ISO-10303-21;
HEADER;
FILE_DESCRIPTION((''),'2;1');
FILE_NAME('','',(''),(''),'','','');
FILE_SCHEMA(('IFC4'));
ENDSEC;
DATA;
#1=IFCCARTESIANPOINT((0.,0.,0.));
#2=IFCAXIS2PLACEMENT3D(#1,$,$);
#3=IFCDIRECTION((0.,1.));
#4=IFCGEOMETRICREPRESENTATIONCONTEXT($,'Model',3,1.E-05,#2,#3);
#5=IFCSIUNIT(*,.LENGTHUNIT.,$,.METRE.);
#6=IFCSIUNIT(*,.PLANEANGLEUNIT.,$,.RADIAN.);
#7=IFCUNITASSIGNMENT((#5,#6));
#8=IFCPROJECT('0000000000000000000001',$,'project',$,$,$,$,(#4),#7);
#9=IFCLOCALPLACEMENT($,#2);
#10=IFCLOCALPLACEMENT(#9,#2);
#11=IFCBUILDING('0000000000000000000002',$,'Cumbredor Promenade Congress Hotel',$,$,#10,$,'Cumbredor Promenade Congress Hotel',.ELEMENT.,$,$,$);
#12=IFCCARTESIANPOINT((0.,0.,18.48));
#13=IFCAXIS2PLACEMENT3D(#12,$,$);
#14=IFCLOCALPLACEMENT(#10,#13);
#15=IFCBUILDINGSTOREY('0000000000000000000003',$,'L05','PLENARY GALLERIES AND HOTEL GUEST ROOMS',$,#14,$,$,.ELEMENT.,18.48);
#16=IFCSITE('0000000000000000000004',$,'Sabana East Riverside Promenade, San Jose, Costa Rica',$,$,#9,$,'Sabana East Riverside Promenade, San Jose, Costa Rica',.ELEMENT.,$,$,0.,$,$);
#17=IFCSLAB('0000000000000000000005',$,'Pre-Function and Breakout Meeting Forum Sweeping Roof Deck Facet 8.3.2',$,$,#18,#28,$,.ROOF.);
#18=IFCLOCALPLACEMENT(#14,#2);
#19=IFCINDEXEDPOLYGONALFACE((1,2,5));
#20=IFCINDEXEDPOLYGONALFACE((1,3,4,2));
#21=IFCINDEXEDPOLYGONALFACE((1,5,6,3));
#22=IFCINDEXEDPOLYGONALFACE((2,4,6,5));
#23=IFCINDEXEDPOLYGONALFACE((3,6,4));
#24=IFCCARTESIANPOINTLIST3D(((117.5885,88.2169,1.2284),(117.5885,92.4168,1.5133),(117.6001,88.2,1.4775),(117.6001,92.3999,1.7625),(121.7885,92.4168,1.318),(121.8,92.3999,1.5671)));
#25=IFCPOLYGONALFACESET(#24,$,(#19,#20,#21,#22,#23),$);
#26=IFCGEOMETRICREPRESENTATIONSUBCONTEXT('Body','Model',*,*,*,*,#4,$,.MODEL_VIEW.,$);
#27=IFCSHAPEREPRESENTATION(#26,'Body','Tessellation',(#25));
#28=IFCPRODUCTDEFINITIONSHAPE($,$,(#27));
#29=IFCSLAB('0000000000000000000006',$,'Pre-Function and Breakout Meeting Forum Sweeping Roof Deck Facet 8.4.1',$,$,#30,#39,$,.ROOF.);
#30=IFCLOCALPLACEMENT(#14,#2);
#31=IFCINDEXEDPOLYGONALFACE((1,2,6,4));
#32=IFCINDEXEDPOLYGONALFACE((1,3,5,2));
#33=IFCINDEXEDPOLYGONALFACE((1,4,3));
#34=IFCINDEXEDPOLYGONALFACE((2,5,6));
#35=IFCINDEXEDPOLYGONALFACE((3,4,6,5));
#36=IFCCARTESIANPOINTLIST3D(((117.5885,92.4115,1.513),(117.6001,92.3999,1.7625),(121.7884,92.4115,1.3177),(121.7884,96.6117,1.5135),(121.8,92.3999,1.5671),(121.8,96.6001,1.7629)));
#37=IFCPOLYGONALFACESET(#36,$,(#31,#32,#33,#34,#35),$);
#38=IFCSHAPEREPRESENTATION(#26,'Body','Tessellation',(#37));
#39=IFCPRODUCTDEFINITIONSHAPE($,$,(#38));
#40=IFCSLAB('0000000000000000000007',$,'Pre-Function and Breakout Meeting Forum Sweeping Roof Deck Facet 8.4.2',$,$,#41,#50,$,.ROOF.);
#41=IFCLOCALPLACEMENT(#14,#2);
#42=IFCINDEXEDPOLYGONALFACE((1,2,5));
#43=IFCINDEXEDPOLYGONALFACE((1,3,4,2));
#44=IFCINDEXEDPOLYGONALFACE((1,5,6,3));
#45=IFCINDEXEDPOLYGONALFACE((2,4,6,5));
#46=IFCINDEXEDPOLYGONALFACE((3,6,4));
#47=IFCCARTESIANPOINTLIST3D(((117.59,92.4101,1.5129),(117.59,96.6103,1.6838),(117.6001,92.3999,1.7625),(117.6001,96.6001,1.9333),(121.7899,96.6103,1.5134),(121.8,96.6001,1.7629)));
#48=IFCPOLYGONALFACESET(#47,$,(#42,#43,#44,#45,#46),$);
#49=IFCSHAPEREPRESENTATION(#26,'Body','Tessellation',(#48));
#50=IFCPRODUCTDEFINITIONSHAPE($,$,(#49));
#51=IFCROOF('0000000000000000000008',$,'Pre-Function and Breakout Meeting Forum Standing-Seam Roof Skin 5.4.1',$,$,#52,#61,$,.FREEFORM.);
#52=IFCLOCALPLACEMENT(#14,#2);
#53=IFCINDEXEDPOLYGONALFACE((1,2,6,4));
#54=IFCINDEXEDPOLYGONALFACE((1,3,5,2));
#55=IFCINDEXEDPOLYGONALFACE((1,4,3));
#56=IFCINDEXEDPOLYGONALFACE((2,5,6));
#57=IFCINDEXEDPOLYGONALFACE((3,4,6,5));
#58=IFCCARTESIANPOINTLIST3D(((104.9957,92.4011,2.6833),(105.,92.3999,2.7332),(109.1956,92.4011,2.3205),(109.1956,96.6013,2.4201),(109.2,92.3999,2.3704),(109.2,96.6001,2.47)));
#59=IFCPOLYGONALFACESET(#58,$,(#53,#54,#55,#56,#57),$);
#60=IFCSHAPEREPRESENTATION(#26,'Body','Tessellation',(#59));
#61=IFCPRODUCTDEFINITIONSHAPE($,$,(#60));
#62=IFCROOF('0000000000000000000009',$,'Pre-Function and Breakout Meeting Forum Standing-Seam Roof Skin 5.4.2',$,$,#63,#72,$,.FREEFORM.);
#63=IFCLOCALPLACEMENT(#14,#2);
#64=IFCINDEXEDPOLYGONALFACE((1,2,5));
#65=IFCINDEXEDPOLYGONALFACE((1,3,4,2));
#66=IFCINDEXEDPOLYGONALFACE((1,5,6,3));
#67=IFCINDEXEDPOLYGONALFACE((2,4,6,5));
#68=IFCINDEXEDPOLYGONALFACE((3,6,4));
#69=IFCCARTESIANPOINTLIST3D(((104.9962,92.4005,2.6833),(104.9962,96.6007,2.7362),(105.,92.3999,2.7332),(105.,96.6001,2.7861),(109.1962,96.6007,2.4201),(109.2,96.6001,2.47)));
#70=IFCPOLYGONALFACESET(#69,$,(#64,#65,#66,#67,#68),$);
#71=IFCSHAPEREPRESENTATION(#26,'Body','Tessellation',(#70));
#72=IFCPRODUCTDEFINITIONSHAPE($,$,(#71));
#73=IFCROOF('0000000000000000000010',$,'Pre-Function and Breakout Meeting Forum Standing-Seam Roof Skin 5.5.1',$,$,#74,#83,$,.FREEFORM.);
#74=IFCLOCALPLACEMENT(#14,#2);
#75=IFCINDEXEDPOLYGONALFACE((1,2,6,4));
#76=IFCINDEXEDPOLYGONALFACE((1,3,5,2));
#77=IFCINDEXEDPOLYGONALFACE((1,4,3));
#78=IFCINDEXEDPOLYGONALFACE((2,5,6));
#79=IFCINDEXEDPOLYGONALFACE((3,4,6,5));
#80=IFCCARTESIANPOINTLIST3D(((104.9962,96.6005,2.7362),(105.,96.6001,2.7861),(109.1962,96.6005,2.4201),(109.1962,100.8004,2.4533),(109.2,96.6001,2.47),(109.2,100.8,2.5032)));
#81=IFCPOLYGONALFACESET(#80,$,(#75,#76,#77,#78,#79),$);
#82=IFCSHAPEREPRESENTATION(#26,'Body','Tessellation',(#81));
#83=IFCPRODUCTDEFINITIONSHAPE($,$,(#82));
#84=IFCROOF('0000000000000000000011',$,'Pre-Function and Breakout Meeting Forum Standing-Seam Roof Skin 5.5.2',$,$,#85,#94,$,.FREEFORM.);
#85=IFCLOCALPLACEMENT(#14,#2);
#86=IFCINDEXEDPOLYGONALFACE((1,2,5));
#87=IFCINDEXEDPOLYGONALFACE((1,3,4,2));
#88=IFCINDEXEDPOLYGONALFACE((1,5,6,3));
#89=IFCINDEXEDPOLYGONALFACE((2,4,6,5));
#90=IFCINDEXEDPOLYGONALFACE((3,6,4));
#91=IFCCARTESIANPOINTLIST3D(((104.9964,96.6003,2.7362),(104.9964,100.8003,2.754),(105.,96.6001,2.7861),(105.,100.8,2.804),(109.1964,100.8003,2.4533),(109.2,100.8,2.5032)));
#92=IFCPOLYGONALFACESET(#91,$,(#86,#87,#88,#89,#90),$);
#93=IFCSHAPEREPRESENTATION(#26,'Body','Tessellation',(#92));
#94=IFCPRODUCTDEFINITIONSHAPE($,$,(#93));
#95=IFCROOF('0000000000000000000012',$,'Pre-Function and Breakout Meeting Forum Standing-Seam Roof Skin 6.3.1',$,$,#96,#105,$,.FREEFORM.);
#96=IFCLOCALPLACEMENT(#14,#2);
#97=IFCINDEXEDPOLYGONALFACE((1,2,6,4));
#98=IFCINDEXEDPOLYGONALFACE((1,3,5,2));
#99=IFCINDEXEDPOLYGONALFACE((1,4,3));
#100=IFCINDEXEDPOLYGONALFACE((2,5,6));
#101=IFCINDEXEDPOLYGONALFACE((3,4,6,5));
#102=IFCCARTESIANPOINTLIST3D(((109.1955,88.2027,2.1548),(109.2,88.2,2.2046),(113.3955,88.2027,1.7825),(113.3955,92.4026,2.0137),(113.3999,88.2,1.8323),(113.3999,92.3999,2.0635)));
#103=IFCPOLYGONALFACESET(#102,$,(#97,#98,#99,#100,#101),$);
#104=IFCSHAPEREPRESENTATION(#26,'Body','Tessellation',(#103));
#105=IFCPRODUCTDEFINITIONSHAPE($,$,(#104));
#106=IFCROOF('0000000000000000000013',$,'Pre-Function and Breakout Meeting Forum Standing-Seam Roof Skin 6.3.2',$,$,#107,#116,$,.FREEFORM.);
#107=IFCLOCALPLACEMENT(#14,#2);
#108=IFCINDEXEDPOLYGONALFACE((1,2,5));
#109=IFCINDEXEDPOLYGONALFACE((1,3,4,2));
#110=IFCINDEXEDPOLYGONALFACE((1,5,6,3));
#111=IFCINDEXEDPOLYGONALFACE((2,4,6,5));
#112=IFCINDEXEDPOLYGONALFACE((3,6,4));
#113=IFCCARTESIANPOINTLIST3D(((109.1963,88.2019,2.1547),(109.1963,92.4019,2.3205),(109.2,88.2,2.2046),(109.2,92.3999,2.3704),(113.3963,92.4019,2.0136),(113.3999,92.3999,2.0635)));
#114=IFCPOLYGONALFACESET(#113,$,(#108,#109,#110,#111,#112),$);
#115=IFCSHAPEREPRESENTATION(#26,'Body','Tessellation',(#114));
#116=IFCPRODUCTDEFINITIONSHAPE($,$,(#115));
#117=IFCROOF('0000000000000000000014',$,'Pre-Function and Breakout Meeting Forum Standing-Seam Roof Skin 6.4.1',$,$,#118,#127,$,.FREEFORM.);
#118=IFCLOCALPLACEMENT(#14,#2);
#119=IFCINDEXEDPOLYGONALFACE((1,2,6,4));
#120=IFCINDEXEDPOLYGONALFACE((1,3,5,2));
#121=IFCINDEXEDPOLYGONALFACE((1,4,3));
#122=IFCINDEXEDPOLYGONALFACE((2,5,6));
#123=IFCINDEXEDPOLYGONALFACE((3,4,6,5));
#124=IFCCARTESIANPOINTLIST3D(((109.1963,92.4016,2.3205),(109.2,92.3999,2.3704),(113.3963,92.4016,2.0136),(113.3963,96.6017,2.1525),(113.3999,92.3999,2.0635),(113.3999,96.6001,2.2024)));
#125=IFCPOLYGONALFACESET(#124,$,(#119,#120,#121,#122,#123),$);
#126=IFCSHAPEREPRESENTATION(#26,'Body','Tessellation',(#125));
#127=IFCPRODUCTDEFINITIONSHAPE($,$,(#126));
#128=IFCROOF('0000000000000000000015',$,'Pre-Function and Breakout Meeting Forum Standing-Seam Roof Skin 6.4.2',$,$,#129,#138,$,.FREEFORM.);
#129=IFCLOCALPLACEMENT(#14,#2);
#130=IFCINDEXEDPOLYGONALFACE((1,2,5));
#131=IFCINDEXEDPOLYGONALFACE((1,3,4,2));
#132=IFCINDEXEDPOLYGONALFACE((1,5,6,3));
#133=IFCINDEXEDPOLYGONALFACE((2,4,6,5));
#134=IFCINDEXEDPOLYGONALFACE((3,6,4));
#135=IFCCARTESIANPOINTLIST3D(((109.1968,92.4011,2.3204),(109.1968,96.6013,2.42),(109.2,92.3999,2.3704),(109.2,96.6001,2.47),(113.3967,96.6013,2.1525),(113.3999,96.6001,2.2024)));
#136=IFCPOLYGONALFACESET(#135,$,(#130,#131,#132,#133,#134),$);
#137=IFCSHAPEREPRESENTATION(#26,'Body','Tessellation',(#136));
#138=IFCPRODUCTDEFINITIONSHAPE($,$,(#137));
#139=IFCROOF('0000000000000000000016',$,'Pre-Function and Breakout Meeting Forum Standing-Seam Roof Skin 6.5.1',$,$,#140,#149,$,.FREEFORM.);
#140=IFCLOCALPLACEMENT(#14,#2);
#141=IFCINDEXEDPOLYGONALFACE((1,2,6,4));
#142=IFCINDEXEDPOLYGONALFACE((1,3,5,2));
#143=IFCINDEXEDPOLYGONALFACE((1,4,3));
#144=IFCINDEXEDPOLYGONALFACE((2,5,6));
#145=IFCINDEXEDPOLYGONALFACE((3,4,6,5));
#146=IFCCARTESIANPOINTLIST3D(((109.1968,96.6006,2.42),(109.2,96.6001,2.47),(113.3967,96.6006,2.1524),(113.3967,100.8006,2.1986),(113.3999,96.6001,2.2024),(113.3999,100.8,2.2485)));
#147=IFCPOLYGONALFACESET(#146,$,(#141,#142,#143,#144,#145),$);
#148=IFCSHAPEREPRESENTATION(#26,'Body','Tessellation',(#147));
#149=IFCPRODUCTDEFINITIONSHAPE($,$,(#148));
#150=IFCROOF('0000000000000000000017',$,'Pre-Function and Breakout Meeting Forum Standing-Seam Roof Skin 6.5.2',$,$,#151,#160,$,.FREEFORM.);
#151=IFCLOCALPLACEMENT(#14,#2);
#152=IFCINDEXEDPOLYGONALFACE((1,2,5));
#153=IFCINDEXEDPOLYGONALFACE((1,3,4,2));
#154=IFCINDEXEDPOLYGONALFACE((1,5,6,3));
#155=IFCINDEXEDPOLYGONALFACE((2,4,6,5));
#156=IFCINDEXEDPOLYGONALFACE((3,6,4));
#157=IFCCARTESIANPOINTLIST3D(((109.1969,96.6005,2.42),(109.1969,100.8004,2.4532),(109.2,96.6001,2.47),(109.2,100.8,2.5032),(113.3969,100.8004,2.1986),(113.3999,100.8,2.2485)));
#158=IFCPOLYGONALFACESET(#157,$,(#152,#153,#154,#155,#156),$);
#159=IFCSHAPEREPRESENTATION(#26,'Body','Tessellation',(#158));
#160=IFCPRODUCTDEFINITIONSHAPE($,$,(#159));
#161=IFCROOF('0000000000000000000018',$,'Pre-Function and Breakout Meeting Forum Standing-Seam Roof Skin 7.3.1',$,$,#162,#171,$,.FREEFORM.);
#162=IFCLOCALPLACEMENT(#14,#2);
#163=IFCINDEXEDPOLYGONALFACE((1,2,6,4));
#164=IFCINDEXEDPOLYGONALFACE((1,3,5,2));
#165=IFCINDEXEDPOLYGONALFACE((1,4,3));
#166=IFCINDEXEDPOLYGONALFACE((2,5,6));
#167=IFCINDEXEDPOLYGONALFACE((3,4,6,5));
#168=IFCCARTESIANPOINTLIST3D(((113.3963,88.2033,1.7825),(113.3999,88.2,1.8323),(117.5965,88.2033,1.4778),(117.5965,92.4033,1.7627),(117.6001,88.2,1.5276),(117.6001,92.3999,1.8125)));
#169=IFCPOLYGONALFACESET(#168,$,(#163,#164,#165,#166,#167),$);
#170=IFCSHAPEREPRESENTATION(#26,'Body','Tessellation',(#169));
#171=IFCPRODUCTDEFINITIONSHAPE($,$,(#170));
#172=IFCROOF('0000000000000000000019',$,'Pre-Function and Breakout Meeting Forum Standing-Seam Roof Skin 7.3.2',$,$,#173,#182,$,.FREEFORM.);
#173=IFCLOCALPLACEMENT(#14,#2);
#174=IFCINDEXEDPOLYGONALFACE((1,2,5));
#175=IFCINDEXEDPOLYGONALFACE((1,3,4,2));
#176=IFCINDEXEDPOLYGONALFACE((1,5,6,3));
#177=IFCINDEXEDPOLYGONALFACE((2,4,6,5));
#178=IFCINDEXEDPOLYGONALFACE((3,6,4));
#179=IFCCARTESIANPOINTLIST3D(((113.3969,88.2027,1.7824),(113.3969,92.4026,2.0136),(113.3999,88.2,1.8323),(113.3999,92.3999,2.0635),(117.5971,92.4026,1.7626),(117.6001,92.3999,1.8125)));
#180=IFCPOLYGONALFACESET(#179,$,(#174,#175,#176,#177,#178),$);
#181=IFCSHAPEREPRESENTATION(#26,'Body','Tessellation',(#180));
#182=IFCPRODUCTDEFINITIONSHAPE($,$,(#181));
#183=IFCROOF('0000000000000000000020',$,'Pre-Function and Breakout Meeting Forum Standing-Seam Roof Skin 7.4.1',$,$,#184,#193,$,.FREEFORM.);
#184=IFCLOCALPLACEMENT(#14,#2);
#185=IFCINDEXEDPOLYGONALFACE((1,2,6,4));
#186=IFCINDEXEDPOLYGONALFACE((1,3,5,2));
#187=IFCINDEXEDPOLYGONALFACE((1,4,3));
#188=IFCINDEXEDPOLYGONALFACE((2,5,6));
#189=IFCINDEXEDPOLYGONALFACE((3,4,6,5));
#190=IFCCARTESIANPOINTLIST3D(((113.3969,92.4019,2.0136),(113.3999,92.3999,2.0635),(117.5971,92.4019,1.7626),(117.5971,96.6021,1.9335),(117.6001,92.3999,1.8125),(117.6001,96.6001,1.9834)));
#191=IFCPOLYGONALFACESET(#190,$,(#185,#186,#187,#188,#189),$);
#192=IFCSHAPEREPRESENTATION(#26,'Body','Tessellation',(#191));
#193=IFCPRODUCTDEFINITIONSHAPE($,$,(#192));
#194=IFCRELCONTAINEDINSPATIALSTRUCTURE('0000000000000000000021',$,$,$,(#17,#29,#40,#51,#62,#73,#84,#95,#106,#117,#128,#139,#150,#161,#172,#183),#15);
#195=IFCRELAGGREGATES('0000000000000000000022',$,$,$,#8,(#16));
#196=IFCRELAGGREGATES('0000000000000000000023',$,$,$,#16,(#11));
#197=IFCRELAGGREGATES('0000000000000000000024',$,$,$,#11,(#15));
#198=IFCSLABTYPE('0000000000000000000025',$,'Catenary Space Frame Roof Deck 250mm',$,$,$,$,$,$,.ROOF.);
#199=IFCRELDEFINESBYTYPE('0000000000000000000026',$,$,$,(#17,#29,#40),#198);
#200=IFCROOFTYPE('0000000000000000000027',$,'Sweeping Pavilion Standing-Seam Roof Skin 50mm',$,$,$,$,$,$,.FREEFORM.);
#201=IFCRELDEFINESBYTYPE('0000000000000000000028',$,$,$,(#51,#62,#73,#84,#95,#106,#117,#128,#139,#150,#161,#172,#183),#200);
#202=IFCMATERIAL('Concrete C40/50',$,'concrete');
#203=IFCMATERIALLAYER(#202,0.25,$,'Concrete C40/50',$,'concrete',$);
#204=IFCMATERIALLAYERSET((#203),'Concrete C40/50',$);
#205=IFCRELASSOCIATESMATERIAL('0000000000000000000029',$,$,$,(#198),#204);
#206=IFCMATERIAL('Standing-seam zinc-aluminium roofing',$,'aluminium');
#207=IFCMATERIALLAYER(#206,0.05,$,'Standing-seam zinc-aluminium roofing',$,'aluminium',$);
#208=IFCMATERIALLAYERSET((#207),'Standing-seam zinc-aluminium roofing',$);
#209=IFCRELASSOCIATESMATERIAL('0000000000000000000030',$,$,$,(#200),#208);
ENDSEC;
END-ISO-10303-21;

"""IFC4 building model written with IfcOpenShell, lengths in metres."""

from ifc_helpers import new_model, si_unit, direction, frame, origin, place, context, subcontext, project, spatial, polyline, outline, extrude, material, layer, layer_set, type_object, element, save


model = new_model("IFC4")

# Units and contexts
model_context = context("Model", 3, precision=1e-05, world=origin(), true_north=direction((0.0, 1.0)))
body_context = subcontext(model_context, "Body", "Model", "MODEL_VIEW")
ifc_project = project(units=[si_unit("LENGTHUNIT", "METRE"), si_unit("PLANEANGLEUNIT", "RADIAN")], contexts=[model_context])

# Site, building, storey
site_placement = place(None, origin())
site = spatial("IfcSite", under=ifc_project, at=site_placement, Name="Sabana East Riverside Promenade, San Jose, Costa Rica", LongName="Sabana East Riverside Promenade, San Jose, Costa Rica", CompositionType="ELEMENT", RefElevation=0.0)
building_placement = place(site_placement, origin())
building = spatial("IfcBuilding", under=site, at=building_placement, Name="Cumbredor Promenade Congress Hotel", LongName="Cumbredor Promenade Congress Hotel", CompositionType="ELEMENT")
storey_placement = place(building_placement, frame((0.0, 0.0, 18.48)))
storey = spatial("IfcBuildingStorey", under=building, at=storey_placement, Name="L05", Description="PLENARY GALLERIES AND HOTEL GUEST ROOMS", CompositionType="ELEMENT", Elevation=18.48)

# Slabs
ifc_material_1 = material(Name="Concrete C40/50", Category="concrete")
ifc_layer_1 = layer(ifc_material_1, 0.25, Name="Concrete C40/50", Category="concrete")
ifc_layer_set_1 = layer_set([ifc_layer_1], Name="Concrete C40/50")
slab_type = type_object("IfcSlabType", Name="Catenary Space Frame Roof Deck 250mm", PredefinedType="ROOF", material=ifc_layer_set_1)
slab_1_placement = place(storey_placement, frame((117.6001, 88.2, 1.4775), z_axis=(0.046347, -0.067609, 0.996635), x_axis=(0.707026, 0.707026, 0.015083)))
element("IfcSlab", 1, at=slab_1_placement, inside=storey, type_object=slab_type, Name="Pre-Function and Breakout Meeting Forum Sweeping Roof Deck Facet 8.3.2", PredefinedType="ROOF", context=body_context, shape_type="SweptSolid", body=[
    extrude(outline(polyline([(0.0, 0.0), (5.9403, 0.0), (2.9738, 2.9795), (0.0, 0.0)])), origin(), (0.0, 0.0, -1.0), 0.25),
])
slab_2_placement = place(storey_placement, frame((117.6001, 92.3999, 1.7625), z_axis=(0.046403, -0.046516, 0.997839), x_axis=(0.99892, 0.0, -0.046453)))
element("IfcSlab", 2, at=slab_2_placement, inside=storey, type_object=slab_type, Name="Pre-Function and Breakout Meeting Forum Sweeping Roof Deck Facet 8.4.1", PredefinedType="ROOF", context=body_context, shape_type="SweptSolid", body=[
    extrude(outline(polyline([(0.0, 0.0), (4.2045, 0.0), (4.1954, 4.2047), (0.0, 0.0)])), origin(), (0.0, 0.0, -1.0), 0.25),
])
slab_3_placement = place(storey_placement, frame((117.6001, 92.3999, 1.7625), z_axis=(0.040507, -0.040621, 0.998353), x_axis=(0.707086, 0.707127, 0.000082)))
element("IfcSlab", 3, at=slab_3_placement, inside=storey, type_object=slab_type, Name="Pre-Function and Breakout Meeting Forum Sweeping Roof Deck Facet 8.4.2", PredefinedType="ROOF", context=body_context, shape_type="SweptSolid", body=[
    extrude(outline(polyline([(0.0, 0.0), (5.9398, 0.0), (2.9701, 2.9748), (0.0, 0.0)])), origin(), (0.0, 0.0, -1.0), 0.25),
])

# Roofs
ifc_material_2 = material(Name="Standing-seam zinc-aluminium roofing", Category="aluminium")
ifc_layer_2 = layer(ifc_material_2, 0.05, Name="Standing-seam zinc-aluminium roofing", Category="aluminium")
ifc_layer_set_2 = layer_set([ifc_layer_2], Name="Standing-seam zinc-aluminium roofing")
roof_type = type_object("IfcRoofType", Name="Sweeping Pavilion Standing-Seam Roof Skin 50mm", PredefinedType="FREEFORM", material=ifc_layer_set_2)
roof_1_placement = place(storey_placement, frame((105.0, 92.3999, 2.7332), z_axis=(0.086036, -0.023621, 0.996012), x_axis=(0.99629, 0.0, -0.08606)))
element("IfcRoof", 4, at=roof_1_placement, inside=storey, type_object=roof_type, Name="Pre-Function and Breakout Meeting Forum Standing-Seam Roof Skin 5.4.1", PredefinedType="FREEFORM", context=body_context, shape_type="SweptSolid", body=[
    extrude(outline(polyline([(0.0, 0.0), (4.2156, 0.0), (4.207, 4.2014), (0.0, 0.0)])), origin(), (0.0, 0.0, -1.0), 0.05),
])
roof_2_placement = place(storey_placement, frame((105.0, 92.3999, 2.7332), z_axis=(0.075059, -0.012577, 0.9971), x_axis=(0.706393, 0.706434, -0.044265)))
element("IfcRoof", 5, at=roof_2_placement, inside=storey, type_object=roof_type, Name="Pre-Function and Breakout Meeting Forum Standing-Seam Roof Skin 5.4.2", PredefinedType="FREEFORM", context=body_context, shape_type="SweptSolid", body=[
    extrude(outline(polyline([(0.0, 0.0), (5.9456, 0.0), (2.9648, 2.9756), (0.0, 0.0)])), origin(), (0.0, 0.0, -1.0), 0.05),
])
roof_3_placement = place(storey_placement, frame((105.0, 96.6001, 2.7861), z_axis=(0.075063, -0.007883, 0.997148), x_axis=(0.997179, 0.0, -0.075065)))
element("IfcRoof", 6, at=roof_3_placement, inside=storey, type_object=roof_type, Name="Pre-Function and Breakout Meeting Forum Standing-Seam Roof Skin 5.5.1", PredefinedType="FREEFORM", context=body_context, shape_type="SweptSolid", body=[
    extrude(outline(polyline([(0.0, 0.0), (4.2118, 0.0), (4.2093, 4.2001), (0.0, 0.0)])), origin(), (0.0, 0.0, -1.0), 0.05),
])
roof_4_placement = place(storey_placement, frame((105.0, 96.6001, 2.7861), z_axis=(0.071432, -0.004233, 0.997437), x_axis=(0.706306, 0.706306, -0.047585)))
element("IfcRoof", 7, at=roof_4_placement, inside=storey, type_object=roof_type, Name="Pre-Function and Breakout Meeting Forum Standing-Seam Roof Skin 5.5.2", PredefinedType="FREEFORM", context=body_context, shape_type="SweptSolid", body=[
    extrude(outline(polyline([(0.0, 0.0), (5.9464, 0.0), (2.9656, 2.9741), (0.0, 0.0)])), origin(), (0.0, 0.0, -1.0), 0.05),
])
roof_5_placement = place(storey_placement, frame((109.2, 88.2, 2.2046), z_axis=(0.088169, -0.054751, 0.9946), x_axis=(0.996094, 0.0, -0.088301)))
element("IfcRoof", 8, at=roof_5_placement, inside=storey, type_object=roof_type, Name="Pre-Function and Breakout Meeting Forum Standing-Seam Roof Skin 6.3.1", PredefinedType="FREEFORM", context=body_context, shape_type="SweptSolid", body=[
    extrude(outline(polyline([(0.0, 0.0), (4.2164, 0.0), (4.196, 4.2063), (0.0, 0.0)])), origin(), (0.0, 0.0, -1.0), 0.05),
])
roof_6_placement = place(storey_placement, frame((109.2, 88.2, 2.2046), z_axis=(0.072818, -0.039334, 0.996569), x_axis=(0.706907, 0.706907, -0.023751)))
element("IfcRoof", 9, at=roof_6_placement, inside=storey, type_object=roof_type, Name="Pre-Function and Breakout Meeting Forum Standing-Seam Roof Skin 6.3.2", PredefinedType="FREEFORM", context=body_context, shape_type="SweptSolid", body=[
    extrude(outline(polyline([(0.0, 0.0), (5.9413, 0.0), (2.965, 2.9792), (0.0, 0.0)])), origin(), (0.0, 0.0, -1.0), 0.05),
])
roof_7_placement = place(storey_placement, frame((109.2, 92.3999, 2.3704), z_axis=(0.072835, -0.032968, 0.996799), x_axis=(0.997341, 0.0, -0.072874)))
element("IfcRoof", 10, at=roof_7_placement, inside=storey, type_object=roof_type, Name="Pre-Function and Breakout Meeting Forum Standing-Seam Roof Skin 6.4.1", PredefinedType="FREEFORM", context=body_context, shape_type="SweptSolid", body=[
    extrude(outline(polyline([(0.0, 0.0), (4.2111, 0.0), (4.201, 4.2025), (0.0, 0.0)])), origin(), (0.0, 0.0, -1.0), 0.05),
])
roof_8_placement = place(storey_placement, frame((109.2, 92.3999, 2.3704), z_axis=(0.063563, -0.023661, 0.997697), x_axis=(0.706804, 0.706845, -0.028267)))
element("IfcRoof", 11, at=roof_8_placement, inside=storey, type_object=roof_type, Name="Pre-Function and Breakout Meeting Forum Standing-Seam Roof Skin 6.4.2", PredefinedType="FREEFORM", context=body_context, shape_type="SweptSolid", body=[
    extrude(outline(polyline([(0.0, 0.0), (5.9422, 0.0), (2.9661, 2.9756), (0.0, 0.0)])), origin(), (0.0, 0.0, -1.0), 0.05),
])
roof_9_placement = place(storey_placement, frame((109.2, 96.6001, 2.47), z_axis=(0.063577, -0.010964, 0.997917), x_axis=(0.997977, 0.0, -0.063581)))
element("IfcRoof", 12, at=roof_9_placement, inside=storey, type_object=roof_type, Name="Pre-Function and Breakout Meeting Forum Standing-Seam Roof Skin 6.5.1", PredefinedType="FREEFORM", context=body_context, shape_type="SweptSolid", body=[
    extrude(outline(polyline([(0.0, 0.0), (4.2085, 0.0), (4.2055, 4.2002), (0.0, 0.0)])), origin(), (0.0, 0.0, -1.0), 0.05),
])
roof_10_placement = place(storey_placement, frame((109.2, 96.6001, 2.47), z_axis=(0.060516, -0.007891, 0.998136), x_axis=(0.706616, 0.706616, -0.037255)))
element("IfcRoof", 13, at=roof_10_placement, inside=storey, type_object=roof_type, Name="Pre-Function and Breakout Meeting Forum Standing-Seam Roof Skin 6.5.2", PredefinedType="FREEFORM", context=body_context, shape_type="SweptSolid", body=[
    extrude(outline(polyline([(0.0, 0.0), (5.9438, 0.0), (2.9665, 2.9733), (0.0, 0.0)])), origin(), (0.0, 0.0, -1.0), 0.05),
])
roof_11_placement = place(storey_placement, frame((113.3999, 88.2, 1.8323), z_axis=(0.072186, -0.067505, 0.995104), x_axis=(0.997379, 0.0, -0.072351)))
element("IfcRoof", 14, at=roof_11_placement, inside=storey, type_object=roof_type, Name="Pre-Function and Breakout Meeting Forum Standing-Seam Roof Skin 7.3.1", PredefinedType="FREEFORM", context=body_context, shape_type="SweptSolid", body=[
    extrude(outline(polyline([(0.0, 0.0), (4.2112, 0.0), (4.1906, 4.2096), (0.0, 0.0)])), origin(), (0.0, 0.0, -1.0), 0.05),
])
roof_12_placement = place(storey_placement, frame((113.3999, 88.2, 1.8323), z_axis=(0.059557, -0.054868, 0.996716), x_axis=(0.707123, 0.707082, -0.003329)))
element("IfcRoof", 15, at=roof_12_placement, inside=storey, type_object=roof_type, Name="Pre-Function and Breakout Meeting Forum Standing-Seam Roof Skin 7.3.2", PredefinedType="FREEFORM", context=body_context, shape_type="SweptSolid", body=[
    extrude(outline(polyline([(0.0, 0.0), (5.9398, 0.0), (2.9689, 2.9797), (0.0, 0.0)])), origin(), (0.0, 0.0, -1.0), 0.05),
])
roof_13_placement = place(storey_placement, frame((113.3999, 92.3999, 2.0635), z_axis=(0.059598, -0.040582, 0.997397), x_axis=(0.99822, 0.0, -0.059647)))
element("IfcRoof", 16, at=roof_13_placement, inside=storey, type_object=roof_type, Name="Pre-Function and Breakout Meeting Forum Standing-Seam Roof Skin 7.4.1", PredefinedType="FREEFORM", context=body_context, shape_type="SweptSolid", body=[
    extrude(outline(polyline([(0.0, 0.0), (4.2077, 0.0), (4.1975, 4.2037), (0.0, 0.0)])), origin(), (0.0, 0.0, -1.0), 0.05),
])

save(model, "model.ifc")
